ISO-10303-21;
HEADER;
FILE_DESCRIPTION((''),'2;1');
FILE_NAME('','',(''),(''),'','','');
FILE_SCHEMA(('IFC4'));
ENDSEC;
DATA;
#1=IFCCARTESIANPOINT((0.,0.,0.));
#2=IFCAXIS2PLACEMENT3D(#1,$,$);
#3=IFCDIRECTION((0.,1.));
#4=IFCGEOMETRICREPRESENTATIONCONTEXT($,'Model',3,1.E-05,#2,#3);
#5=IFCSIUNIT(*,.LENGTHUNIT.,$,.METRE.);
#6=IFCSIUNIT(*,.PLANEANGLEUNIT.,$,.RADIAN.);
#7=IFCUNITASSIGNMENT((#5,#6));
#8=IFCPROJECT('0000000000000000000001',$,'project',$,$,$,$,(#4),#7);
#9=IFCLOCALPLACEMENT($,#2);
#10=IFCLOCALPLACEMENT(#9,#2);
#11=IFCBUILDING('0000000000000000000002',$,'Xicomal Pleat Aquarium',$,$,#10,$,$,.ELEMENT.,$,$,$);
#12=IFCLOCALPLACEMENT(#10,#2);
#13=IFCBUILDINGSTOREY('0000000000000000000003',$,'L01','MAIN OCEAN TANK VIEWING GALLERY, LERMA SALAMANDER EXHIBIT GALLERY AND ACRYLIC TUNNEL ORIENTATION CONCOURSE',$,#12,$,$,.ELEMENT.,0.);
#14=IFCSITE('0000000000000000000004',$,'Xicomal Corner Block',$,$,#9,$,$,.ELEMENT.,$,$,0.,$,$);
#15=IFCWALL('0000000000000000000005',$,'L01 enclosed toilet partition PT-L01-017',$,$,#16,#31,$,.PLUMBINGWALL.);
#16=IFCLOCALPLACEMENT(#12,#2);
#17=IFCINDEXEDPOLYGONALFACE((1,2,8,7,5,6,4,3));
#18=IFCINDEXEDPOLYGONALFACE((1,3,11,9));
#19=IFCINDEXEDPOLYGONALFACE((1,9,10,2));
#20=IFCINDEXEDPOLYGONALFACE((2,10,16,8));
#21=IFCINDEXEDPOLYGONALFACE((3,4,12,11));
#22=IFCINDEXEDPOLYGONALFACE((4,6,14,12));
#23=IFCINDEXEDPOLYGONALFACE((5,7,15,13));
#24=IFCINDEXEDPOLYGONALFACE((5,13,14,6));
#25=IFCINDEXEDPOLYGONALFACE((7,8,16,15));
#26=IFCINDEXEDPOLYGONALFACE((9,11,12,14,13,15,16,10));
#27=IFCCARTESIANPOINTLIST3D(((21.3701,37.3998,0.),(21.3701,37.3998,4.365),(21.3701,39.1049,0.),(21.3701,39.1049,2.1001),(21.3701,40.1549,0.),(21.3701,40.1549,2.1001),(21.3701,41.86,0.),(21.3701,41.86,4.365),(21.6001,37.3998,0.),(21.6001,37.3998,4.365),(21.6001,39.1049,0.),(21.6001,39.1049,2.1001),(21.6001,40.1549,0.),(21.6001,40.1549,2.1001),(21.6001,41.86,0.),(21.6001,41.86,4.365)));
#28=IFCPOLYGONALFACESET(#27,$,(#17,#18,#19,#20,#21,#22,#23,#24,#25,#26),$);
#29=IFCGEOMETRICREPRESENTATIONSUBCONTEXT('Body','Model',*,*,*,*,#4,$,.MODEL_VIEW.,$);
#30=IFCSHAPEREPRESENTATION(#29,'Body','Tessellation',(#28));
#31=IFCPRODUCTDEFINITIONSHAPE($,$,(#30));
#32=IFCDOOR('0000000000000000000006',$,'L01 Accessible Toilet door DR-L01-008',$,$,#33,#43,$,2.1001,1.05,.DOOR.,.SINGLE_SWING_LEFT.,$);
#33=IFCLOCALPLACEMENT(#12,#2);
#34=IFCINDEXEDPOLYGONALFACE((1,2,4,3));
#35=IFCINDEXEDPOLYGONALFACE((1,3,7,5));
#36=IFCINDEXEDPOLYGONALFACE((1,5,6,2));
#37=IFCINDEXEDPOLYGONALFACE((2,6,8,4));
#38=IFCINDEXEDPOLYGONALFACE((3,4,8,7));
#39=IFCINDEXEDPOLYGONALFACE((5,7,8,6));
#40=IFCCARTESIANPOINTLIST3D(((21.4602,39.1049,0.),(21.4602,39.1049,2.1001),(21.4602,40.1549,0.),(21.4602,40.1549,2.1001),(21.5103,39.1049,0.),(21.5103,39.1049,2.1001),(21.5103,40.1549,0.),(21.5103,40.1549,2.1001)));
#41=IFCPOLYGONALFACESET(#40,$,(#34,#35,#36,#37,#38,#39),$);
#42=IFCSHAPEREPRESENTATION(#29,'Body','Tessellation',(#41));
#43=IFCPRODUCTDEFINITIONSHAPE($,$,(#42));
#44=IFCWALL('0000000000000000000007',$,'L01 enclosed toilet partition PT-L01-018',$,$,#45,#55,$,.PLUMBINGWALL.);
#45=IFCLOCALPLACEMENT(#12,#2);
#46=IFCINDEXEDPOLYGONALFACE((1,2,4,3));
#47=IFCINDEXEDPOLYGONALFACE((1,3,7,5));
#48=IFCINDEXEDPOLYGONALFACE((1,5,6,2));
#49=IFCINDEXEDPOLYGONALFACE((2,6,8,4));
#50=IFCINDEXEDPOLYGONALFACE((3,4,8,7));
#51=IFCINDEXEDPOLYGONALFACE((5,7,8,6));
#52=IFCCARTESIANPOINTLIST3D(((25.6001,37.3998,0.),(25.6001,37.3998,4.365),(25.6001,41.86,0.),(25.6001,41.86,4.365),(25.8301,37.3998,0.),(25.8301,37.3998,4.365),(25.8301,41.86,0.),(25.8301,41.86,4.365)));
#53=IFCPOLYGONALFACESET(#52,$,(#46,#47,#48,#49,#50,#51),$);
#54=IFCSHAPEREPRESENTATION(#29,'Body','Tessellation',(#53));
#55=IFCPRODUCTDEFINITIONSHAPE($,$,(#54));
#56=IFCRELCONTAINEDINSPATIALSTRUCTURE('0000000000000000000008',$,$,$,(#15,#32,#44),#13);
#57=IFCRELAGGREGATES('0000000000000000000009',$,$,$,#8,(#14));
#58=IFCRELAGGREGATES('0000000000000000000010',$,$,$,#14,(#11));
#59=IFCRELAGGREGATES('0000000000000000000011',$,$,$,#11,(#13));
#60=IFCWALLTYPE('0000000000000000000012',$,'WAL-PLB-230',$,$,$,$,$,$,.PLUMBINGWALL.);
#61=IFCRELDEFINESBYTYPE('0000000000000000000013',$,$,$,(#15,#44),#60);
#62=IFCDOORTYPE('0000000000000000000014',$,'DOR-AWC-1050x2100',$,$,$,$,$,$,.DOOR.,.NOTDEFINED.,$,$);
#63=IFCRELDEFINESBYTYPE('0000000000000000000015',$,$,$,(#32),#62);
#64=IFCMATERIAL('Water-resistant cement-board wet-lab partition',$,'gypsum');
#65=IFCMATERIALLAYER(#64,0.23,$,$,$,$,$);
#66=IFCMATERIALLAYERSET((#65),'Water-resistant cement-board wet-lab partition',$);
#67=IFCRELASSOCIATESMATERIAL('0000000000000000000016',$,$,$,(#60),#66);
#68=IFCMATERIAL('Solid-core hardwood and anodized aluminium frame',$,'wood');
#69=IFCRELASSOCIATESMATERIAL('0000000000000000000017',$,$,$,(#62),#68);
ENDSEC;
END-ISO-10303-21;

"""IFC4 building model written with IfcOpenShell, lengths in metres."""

from ifc_helpers import new_model, si_unit, direction, frame, frame_2d, origin, place, context, subcontext, project, spatial, rectangle, extrude, material, layer, layer_set, type_object, element, fill, save


model = new_model("IFC4")

# Units and contexts
model_context = context("Model", 3, precision=1e-05, world=origin(), true_north=direction((0.0, 1.0)))
body_context = subcontext(model_context, "Body", "Model", "MODEL_VIEW")
ifc_project = project(units=[si_unit("LENGTHUNIT", "METRE"), si_unit("PLANEANGLEUNIT", "RADIAN")], contexts=[model_context])

# Site, building, storey
site_placement = place(None, origin())
site = spatial("IfcSite", under=ifc_project, at=site_placement, Name="Xicomal Corner Block", CompositionType="ELEMENT", RefElevation=0.0)
building_placement = place(site_placement, origin())
building = spatial("IfcBuilding", under=site, at=building_placement, Name="Xicomal Pleat Aquarium", CompositionType="ELEMENT")
storey_placement = place(building_placement, origin())
storey = spatial("IfcBuildingStorey", under=building, at=storey_placement, Name="L01", Description="MAIN OCEAN TANK VIEWING GALLERY, LERMA SALAMANDER EXHIBIT GALLERY AND ACRYLIC TUNNEL ORIENTATION CONCOURSE", CompositionType="ELEMENT", Elevation=0.0)

# Shared definitions
ifc_material_1 = material(Name="Water-resistant cement-board wet-lab partition", Category="gypsum")
ifc_layer_1 = layer(ifc_material_1, 0.23)
ifc_layer_set_1 = layer_set([ifc_layer_1], Name="Water-resistant cement-board wet-lab partition")
wall_type = type_object("IfcWallType", Name="WAL-PLB-230", PredefinedType="PLUMBINGWALL", material=ifc_layer_set_1)

# Wall, opening, door
wall_1_placement = place(storey_placement, frame((21.4851, 37.3999, 0.0), z_axis=(0.0, 0.0, 1.0), x_axis=(0.0, 1.0, 0.0)))
wall_1 = element("IfcWall", 1, at=wall_1_placement, inside=storey, type_object=wall_type, Name="L01 enclosed toilet partition PT-L01-017", PredefinedType="PLUMBINGWALL", context=body_context, shape_type="SweptSolid", body=[
    extrude(rectangle(XDim=4.4602, YDim=0.23, at=frame_2d((2.23, 0.0))), origin(), (0.0, 0.0, 1.0), 4.365),
])
opening_1_placement = place(wall_1_placement, frame((1.7051, 0.0, 0.0)))
opening_1 = element("IfcOpeningElement", 2, at=opening_1_placement, cuts=wall_1, PredefinedType="OPENING", context=body_context, shape_type="SweptSolid", body=[
    extrude(rectangle(XDim=1.05, YDim=2.1001, at=frame_2d((0.5249, 1.05))), frame((0.0, 0.125, 0.0), z_axis=(0.0, -1.0, 0.0), x_axis=(1.0, 0.0, 0.0)), (0.0, 0.0, 1.0), 0.25),
])
ifc_material_2 = material(Name="Solid-core hardwood and anodized aluminium frame", Category="wood")
door_type_1 = type_object("IfcDoorType", Name="DOR-AWC-1050x2100", OperationType="NOTDEFINED", PredefinedType="DOOR", material=ifc_material_2)
door_1_placement = place(opening_1_placement, origin())
door_1 = element("IfcDoor", 3, at=door_1_placement, inside=storey, type_object=door_type_1, Name="L01 Accessible Toilet door DR-L01-008", OperationType="SINGLE_SWING_LEFT", OverallHeight=2.1001, OverallWidth=1.05, PredefinedType="DOOR", context=body_context, shape_type="SweptSolid", body=[
    extrude(rectangle(XDim=1.05, YDim=2.1001, at=frame_2d((0.5249, 1.05))), frame((0.0, 0.0249, 0.0), z_axis=(0.0, -1.0, 0.0), x_axis=(1.0, 0.0, 0.0)), (0.0, 0.0, 1.0), 0.05),
])
fill(opening_1, door_1)

# Wall
wall_2_placement = place(storey_placement, frame((25.7151, 37.3999, 0.0), z_axis=(0.0, 0.0, 1.0), x_axis=(0.0, 1.0, 0.0)))
element("IfcWall", 4, at=wall_2_placement, inside=storey, type_object=wall_type, Name="L01 enclosed toilet partition PT-L01-018", PredefinedType="PLUMBINGWALL", context=body_context, shape_type="SweptSolid", body=[
    extrude(rectangle(XDim=4.4602, YDim=0.23, at=frame_2d((2.23, 0.0))), origin(), (0.0, 0.0, 1.0), 4.365),
])

save(model, "model.ifc")
